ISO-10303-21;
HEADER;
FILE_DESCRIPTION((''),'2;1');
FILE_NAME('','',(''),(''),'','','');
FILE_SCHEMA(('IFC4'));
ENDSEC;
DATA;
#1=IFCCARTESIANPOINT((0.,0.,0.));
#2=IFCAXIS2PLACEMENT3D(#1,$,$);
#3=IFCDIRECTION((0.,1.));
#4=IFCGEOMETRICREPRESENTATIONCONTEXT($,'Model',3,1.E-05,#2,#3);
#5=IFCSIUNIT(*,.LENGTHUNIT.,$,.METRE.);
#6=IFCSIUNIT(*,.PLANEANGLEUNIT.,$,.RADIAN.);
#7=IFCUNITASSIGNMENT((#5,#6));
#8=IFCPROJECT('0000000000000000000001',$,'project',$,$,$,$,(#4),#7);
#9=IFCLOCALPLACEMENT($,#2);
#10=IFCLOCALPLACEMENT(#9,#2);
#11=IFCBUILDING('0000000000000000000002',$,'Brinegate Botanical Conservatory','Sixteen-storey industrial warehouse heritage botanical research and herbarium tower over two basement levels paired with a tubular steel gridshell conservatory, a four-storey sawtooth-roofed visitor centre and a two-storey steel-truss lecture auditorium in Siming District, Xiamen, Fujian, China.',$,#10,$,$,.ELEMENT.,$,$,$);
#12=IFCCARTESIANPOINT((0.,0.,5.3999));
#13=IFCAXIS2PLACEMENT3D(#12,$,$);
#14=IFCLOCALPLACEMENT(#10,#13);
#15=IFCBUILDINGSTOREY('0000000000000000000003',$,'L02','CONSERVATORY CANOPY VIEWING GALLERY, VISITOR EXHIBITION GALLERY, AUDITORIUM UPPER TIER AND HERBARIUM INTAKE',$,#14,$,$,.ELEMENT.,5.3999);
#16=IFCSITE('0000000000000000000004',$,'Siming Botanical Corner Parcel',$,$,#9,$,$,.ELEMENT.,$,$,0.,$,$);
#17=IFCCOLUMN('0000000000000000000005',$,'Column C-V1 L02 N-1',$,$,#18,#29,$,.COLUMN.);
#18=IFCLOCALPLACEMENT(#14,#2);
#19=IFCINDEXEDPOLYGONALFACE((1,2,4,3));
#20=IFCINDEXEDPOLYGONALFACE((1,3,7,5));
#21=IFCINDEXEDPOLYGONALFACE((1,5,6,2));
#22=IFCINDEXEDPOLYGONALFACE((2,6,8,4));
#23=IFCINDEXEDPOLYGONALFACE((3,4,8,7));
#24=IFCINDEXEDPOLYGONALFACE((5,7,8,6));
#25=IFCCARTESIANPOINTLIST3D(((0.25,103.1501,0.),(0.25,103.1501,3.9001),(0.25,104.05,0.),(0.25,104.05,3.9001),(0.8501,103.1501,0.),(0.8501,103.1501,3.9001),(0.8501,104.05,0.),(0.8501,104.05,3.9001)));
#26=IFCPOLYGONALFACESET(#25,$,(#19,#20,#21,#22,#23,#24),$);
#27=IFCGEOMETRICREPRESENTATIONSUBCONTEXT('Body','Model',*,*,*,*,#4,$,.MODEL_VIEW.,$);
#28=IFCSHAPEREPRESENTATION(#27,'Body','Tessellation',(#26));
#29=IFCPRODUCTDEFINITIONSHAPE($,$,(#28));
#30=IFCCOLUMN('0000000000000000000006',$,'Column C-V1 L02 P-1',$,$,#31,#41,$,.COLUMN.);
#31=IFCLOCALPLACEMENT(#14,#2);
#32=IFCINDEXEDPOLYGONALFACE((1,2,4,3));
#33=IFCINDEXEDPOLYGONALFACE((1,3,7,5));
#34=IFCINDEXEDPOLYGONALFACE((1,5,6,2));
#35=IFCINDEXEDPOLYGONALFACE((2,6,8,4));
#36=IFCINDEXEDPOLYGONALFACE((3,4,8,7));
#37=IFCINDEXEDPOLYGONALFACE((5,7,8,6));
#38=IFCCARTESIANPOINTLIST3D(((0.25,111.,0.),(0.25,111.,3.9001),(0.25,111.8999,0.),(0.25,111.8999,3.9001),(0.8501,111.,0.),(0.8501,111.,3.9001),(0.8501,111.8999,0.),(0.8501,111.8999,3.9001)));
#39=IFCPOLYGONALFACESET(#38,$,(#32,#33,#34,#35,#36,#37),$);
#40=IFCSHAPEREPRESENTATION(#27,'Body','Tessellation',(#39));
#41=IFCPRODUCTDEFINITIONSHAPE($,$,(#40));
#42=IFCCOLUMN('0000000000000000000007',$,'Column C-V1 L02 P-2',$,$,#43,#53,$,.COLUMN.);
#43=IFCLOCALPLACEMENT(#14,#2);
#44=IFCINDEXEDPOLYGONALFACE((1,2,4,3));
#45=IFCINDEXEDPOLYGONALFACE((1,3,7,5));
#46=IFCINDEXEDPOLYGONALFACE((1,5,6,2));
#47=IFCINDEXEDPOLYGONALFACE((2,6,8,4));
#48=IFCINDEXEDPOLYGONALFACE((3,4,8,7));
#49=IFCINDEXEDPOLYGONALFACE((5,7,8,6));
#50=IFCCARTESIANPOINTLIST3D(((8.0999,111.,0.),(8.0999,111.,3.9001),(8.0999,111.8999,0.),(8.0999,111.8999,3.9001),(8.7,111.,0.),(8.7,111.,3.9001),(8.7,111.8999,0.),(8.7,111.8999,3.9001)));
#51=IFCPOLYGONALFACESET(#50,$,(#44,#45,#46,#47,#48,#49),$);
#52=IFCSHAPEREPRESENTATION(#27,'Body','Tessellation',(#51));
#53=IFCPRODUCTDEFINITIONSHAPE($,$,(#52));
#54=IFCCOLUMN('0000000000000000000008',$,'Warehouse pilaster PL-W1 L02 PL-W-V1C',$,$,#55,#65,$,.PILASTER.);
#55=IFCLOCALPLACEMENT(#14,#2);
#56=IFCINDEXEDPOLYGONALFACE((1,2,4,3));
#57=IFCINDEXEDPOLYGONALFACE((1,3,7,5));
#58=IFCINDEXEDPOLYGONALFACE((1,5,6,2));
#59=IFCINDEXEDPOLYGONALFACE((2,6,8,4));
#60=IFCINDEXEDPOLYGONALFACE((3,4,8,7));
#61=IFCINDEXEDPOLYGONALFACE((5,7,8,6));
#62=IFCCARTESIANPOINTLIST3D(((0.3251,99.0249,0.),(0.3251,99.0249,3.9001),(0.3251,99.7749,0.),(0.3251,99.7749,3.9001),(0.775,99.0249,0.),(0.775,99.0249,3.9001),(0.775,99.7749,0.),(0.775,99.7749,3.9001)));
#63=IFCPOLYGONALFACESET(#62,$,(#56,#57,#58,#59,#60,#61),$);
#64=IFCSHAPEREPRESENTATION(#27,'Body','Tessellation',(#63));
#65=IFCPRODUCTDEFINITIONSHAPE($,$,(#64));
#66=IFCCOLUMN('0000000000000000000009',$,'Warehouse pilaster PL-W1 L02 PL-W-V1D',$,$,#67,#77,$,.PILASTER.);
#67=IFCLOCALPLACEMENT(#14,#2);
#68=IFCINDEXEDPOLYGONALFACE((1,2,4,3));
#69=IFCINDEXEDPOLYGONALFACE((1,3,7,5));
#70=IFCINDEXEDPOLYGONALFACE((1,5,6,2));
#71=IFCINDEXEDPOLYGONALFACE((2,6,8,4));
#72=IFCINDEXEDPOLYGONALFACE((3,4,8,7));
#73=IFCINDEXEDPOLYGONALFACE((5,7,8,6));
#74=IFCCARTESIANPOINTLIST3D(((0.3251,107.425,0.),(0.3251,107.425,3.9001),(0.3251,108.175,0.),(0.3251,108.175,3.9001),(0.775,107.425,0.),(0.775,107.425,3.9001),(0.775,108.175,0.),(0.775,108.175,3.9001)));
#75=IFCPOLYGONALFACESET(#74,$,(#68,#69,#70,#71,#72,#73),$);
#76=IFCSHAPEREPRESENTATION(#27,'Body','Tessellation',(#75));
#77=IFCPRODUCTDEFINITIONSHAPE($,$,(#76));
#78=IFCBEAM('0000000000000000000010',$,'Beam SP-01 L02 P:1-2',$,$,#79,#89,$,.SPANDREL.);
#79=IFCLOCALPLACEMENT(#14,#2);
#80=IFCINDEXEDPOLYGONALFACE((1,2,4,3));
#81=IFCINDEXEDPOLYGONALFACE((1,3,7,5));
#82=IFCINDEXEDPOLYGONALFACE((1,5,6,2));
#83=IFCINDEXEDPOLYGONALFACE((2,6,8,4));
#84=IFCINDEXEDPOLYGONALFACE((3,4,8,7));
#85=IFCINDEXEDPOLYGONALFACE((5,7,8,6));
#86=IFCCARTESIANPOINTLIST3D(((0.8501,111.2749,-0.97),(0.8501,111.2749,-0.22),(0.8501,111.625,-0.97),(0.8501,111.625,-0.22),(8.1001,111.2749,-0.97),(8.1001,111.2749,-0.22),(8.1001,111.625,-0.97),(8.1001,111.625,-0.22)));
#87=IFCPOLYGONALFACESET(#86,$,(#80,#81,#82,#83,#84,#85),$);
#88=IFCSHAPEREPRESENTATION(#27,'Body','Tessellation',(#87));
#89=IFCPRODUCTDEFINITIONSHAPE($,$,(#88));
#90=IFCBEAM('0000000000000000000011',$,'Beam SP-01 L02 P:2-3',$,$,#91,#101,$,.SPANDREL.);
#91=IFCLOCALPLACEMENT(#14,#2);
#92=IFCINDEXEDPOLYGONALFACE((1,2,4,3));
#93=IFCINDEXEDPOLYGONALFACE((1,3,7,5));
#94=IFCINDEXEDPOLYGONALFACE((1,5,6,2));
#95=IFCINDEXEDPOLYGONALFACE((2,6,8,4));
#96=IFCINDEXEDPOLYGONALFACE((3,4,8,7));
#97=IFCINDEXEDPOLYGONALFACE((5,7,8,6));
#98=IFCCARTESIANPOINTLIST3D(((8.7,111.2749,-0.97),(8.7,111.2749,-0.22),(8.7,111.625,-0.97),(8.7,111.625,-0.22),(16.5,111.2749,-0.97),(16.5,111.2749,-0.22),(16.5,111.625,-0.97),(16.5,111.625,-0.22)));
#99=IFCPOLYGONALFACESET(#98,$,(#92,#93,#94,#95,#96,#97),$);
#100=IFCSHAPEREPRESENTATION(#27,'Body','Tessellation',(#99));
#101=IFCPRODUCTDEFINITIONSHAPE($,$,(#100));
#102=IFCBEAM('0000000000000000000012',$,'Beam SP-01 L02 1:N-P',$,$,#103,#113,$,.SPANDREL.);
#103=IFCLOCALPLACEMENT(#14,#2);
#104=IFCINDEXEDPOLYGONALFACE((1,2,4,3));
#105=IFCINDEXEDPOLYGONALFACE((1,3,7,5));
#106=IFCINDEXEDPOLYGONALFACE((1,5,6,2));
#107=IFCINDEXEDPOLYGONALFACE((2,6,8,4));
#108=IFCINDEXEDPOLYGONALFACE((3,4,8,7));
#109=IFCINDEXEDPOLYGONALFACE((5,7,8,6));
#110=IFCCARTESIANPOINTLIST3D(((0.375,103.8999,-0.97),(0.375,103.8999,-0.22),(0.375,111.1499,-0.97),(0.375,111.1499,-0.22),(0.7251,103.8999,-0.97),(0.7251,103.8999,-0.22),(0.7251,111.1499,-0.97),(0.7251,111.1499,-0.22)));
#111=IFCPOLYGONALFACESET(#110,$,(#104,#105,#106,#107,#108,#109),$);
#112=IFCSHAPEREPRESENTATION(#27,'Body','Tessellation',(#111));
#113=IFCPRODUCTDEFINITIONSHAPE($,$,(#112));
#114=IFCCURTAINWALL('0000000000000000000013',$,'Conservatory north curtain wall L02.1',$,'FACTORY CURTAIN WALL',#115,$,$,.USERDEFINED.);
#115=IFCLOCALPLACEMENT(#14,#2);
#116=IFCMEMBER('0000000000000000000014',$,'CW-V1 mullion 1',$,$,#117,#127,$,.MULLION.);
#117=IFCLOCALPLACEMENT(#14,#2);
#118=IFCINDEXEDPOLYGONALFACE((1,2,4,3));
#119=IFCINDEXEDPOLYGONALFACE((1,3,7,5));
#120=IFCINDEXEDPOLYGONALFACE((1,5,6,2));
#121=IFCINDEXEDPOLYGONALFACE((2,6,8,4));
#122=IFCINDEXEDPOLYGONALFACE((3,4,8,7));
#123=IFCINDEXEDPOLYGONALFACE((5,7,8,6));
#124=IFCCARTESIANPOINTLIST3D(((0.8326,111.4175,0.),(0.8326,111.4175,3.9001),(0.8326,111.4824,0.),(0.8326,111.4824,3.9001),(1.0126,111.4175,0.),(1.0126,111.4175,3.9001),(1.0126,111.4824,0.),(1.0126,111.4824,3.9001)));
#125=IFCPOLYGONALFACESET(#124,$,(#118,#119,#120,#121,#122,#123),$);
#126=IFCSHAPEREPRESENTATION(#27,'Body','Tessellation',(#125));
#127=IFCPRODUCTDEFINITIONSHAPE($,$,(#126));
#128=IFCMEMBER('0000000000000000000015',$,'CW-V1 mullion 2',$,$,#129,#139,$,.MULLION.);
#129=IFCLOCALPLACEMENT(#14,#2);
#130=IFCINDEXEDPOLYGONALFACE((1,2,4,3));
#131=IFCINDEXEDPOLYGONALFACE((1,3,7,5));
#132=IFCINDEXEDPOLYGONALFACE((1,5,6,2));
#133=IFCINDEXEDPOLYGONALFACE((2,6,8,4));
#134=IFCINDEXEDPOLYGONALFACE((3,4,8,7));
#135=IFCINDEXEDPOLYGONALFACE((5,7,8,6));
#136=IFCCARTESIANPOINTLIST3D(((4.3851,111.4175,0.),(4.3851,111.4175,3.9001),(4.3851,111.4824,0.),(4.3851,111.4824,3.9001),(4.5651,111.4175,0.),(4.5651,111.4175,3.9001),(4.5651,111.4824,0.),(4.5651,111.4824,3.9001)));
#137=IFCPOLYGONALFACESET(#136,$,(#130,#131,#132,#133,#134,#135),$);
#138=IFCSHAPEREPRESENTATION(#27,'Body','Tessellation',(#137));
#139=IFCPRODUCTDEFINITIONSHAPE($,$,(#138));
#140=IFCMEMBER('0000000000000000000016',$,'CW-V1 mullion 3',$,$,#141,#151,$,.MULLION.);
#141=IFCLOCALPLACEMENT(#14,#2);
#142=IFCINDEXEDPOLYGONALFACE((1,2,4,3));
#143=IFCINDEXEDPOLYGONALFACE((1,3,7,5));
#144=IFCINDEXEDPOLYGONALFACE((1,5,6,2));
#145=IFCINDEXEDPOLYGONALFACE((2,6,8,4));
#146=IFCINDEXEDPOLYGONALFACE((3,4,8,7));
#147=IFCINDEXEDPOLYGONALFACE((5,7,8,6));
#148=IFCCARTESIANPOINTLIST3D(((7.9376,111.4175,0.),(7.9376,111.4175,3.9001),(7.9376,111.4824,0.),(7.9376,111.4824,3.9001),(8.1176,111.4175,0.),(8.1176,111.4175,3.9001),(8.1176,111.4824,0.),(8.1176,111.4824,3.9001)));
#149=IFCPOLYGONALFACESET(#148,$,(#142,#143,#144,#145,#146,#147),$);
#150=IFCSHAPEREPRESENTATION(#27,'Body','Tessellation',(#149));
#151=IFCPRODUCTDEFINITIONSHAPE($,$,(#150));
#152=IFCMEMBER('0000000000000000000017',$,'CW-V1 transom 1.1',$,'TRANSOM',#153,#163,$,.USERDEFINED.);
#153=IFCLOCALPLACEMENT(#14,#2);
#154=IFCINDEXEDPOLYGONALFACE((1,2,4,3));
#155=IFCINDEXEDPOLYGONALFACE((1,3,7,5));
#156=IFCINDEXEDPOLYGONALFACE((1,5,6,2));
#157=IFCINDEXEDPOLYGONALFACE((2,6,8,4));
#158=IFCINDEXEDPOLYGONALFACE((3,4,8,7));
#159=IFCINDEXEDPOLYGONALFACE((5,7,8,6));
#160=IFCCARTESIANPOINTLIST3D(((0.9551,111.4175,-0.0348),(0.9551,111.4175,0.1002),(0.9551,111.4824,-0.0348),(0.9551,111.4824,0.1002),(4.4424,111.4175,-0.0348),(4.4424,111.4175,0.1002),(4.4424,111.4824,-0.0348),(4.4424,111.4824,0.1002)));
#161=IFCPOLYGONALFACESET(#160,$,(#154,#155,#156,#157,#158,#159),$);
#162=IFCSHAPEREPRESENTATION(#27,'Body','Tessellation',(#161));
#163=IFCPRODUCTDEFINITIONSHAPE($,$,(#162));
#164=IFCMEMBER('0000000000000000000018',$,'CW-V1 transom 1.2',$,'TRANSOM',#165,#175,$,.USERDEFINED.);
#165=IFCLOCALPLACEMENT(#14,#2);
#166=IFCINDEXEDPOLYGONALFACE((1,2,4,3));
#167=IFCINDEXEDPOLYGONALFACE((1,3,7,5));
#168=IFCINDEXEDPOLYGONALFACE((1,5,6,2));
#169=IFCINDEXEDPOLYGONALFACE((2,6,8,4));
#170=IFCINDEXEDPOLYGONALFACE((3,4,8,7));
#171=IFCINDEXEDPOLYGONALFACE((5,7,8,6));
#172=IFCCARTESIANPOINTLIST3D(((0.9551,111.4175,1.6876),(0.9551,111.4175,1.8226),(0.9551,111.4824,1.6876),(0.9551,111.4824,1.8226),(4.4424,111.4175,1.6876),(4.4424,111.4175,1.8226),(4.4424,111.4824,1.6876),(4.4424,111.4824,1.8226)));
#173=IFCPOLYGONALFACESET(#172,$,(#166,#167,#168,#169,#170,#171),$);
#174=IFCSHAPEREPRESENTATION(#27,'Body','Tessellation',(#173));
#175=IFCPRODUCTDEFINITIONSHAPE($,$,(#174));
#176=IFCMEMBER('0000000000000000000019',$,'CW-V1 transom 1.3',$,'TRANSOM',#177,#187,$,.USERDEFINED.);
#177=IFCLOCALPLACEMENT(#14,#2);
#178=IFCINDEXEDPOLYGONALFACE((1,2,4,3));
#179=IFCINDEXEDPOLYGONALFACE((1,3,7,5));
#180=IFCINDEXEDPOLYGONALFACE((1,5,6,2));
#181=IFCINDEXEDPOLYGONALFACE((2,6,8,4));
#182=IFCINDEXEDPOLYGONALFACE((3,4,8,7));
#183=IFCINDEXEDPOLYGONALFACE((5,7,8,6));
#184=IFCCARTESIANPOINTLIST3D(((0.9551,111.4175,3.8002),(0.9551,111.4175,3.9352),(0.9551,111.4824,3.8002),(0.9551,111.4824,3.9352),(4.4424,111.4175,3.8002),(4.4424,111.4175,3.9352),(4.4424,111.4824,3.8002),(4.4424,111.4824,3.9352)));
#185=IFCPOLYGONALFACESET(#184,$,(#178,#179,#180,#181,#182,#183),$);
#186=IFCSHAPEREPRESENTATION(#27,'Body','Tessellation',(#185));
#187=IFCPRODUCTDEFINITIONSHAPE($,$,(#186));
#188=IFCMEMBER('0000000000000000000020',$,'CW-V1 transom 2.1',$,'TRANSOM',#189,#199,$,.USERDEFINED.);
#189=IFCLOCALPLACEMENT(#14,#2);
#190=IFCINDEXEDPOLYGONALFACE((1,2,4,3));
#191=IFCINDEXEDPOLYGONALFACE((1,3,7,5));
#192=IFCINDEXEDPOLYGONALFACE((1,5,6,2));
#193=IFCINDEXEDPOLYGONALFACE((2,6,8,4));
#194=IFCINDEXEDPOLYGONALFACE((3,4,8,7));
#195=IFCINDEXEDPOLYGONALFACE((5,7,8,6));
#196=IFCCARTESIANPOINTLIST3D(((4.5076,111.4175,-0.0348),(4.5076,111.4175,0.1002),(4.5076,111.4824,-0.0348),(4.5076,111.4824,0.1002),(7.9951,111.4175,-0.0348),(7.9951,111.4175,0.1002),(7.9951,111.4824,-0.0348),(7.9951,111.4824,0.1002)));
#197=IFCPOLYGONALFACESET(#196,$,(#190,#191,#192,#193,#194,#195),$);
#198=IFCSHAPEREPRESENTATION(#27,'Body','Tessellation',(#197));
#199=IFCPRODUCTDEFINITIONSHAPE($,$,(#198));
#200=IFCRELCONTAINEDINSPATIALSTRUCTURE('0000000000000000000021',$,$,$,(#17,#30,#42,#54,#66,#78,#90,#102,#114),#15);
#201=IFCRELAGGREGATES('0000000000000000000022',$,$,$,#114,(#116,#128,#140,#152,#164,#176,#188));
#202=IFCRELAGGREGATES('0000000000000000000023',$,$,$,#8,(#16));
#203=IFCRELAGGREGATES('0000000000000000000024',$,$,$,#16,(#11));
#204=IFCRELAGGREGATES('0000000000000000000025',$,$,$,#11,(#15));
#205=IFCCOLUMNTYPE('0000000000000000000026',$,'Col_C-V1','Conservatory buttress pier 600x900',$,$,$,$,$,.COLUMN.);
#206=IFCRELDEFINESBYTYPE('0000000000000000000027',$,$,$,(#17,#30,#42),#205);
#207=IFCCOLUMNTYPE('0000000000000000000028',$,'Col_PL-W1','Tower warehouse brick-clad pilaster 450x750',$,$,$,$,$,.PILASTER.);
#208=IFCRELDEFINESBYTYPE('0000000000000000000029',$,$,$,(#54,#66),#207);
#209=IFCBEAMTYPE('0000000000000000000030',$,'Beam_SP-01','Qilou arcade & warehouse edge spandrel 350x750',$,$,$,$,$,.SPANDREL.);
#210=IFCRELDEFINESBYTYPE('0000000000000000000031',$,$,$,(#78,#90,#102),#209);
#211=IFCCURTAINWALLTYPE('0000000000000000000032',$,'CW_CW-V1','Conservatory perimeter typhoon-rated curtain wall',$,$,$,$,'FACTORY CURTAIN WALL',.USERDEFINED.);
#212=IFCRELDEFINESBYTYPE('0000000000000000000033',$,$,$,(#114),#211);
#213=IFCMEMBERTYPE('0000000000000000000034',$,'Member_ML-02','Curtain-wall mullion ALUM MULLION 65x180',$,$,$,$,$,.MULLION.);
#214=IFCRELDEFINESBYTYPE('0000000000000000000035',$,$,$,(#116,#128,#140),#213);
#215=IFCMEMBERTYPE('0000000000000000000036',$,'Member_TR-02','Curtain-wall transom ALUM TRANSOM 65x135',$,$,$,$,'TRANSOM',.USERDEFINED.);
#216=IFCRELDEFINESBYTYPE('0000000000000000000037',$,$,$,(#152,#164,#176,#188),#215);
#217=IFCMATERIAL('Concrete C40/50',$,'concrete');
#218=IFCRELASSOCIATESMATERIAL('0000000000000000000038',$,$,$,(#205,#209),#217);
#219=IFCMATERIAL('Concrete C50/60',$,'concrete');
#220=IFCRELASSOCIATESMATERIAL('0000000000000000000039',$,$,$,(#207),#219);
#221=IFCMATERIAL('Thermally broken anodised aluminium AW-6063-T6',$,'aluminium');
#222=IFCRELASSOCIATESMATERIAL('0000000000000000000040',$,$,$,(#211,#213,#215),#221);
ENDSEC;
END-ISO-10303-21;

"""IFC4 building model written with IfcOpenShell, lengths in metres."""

from ifc_helpers import new_model, si_unit, direction, frame, origin, origin_2d, place, context, subcontext, project, spatial, rectangle, extrude, material, material_profile, profile_set, type_object, element, aggregate, save


model = new_model("IFC4")

# Units and contexts
model_context = context("Model", 3, precision=1e-05, world=origin(), true_north=direction((0.0, 1.0)))
body_context = subcontext(model_context, "Body", "Model", "MODEL_VIEW")
ifc_project = project(units=[si_unit("LENGTHUNIT", "METRE"), si_unit("PLANEANGLEUNIT", "RADIAN")], contexts=[model_context])

# Site, building, storey
site_placement = place(None, origin())
site = spatial("IfcSite", under=ifc_project, at=site_placement, Name="Siming Botanical Corner Parcel", CompositionType="ELEMENT", RefElevation=0.0)
building_placement = place(site_placement, origin())
building = spatial("IfcBuilding", under=site, at=building_placement, Name="Brinegate Botanical Conservatory", Description="Sixteen-storey industrial warehouse heritage botanical research and herbarium tower over two basement levels paired with a tubular steel gridshell conservatory, a four-storey sawtooth-roofed visitor centre and a two-storey steel-truss lecture auditorium in Siming District, Xiamen, Fujian, China.", CompositionType="ELEMENT")
storey_placement = place(building_placement, frame((0.0, 0.0, 5.3999)))
storey = spatial("IfcBuildingStorey", under=building, at=storey_placement, Name="L02", Description="CONSERVATORY CANOPY VIEWING GALLERY, VISITOR EXHIBITION GALLERY, AUDITORIUM UPPER TIER AND HERBARIUM INTAKE", CompositionType="ELEMENT", Elevation=5.3999)

# Columns
ifc_material_1 = material(Name="Concrete C40/50", Category="concrete")
ifc_material_profile_1 = material_profile(ifc_material_1, rectangle(XDim=0.6001, YDim=0.8999, at=origin_2d()), Name="RC PIER 600x900")
ifc_profile_set_1 = profile_set([ifc_material_profile_1], Name="Concrete C40/50")
column_type_1 = type_object("IfcColumnType", Name="Col_C-V1", Description="Conservatory buttress pier 600x900", PredefinedType="COLUMN", material=ifc_profile_set_1)
for number, where, z_axis, x_axis, name in (
    (1, (0.55, 103.6001, 0.0), (0.0, 0.0, 1.0), (1.0, 0.0, 0.0), "Column C-V1 L02 N-1"),
    (2, (0.55, 111.45, 0.0), (0.0, 0.0, 1.0), (1.0, 0.0, 0.0), "Column C-V1 L02 P-1"),
    (3, (8.3999, 111.45, 0.0), (0.0, 0.0, 1.0), (1.0, 0.0, 0.0), "Column C-V1 L02 P-2"),
):
    element("IfcColumn", number, at=place(storey_placement, frame(where, z_axis=z_axis, x_axis=x_axis)), inside=storey, type_object=column_type_1, Name=name, PredefinedType="COLUMN", context=body_context, shape_type="SweptSolid", body=[
        extrude(rectangle(XDim=0.6001, YDim=0.8999, at=origin_2d()), origin(), (0.0, 0.0, 1.0), 3.9001),
    ])
ifc_material_2 = material(Name="Concrete C50/60", Category="concrete")
ifc_material_profile_2 = material_profile(ifc_material_2, rectangle(XDim=0.45, YDim=0.75, at=origin_2d()), Name="RC PILASTER 450x750")
ifc_profile_set_2 = profile_set([ifc_material_profile_2], Name="Concrete C50/60")
column_type_2 = type_object("IfcColumnType", Name="Col_PL-W1", Description="Tower warehouse brick-clad pilaster 450x750", PredefinedType="PILASTER", material=ifc_profile_set_2)
for number, where, z_axis, x_axis, name in (
    (4, (0.55, 99.3999, 0.0), (0.0, 0.0, 1.0), (1.0, 0.0, 0.0), "Warehouse pilaster PL-W1 L02 PL-W-V1C"),
    (5, (0.55, 107.8, 0.0), (0.0, 0.0, 1.0), (1.0, 0.0, 0.0), "Warehouse pilaster PL-W1 L02 PL-W-V1D"),
):
    element("IfcColumn", number, at=place(storey_placement, frame(where, z_axis=z_axis, x_axis=x_axis)), inside=storey, type_object=column_type_2, Name=name, PredefinedType="PILASTER", context=body_context, shape_type="SweptSolid", body=[
        extrude(rectangle(XDim=0.45, YDim=0.75, at=origin_2d()), origin(), (0.0, 0.0, 1.0), 3.9001),
    ])

# Beams
ifc_material_profile_3 = material_profile(ifc_material_1, rectangle(XDim=0.3501, YDim=0.75, at=origin_2d()), Name="RC SPN 350x750")
ifc_profile_set_3 = profile_set([ifc_material_profile_3], Name="Concrete C40/50")
beam_type = type_object("IfcBeamType", Name="Beam_SP-01", Description="Qilou arcade & warehouse edge spandrel 350x750", PredefinedType="SPANDREL", material=ifc_profile_set_3)
beam_1_placement = place(storey_placement, frame((0.8501, 111.45, -0.595), z_axis=(1.0, 0.0, 0.0), x_axis=(0.0, 1.0, 0.0)))
element("IfcBeam", 6, at=beam_1_placement, inside=storey, type_object=beam_type, Name="Beam SP-01 L02 P:1-2", PredefinedType="SPANDREL", context=body_context, shape_type="SweptSolid", body=[
    extrude(rectangle(XDim=0.3501, YDim=0.75, at=origin_2d()), origin(), (0.0, 0.0, 1.0), 7.25),
])
beam_2_placement = place(storey_placement, frame((8.7, 111.45, -0.595), z_axis=(1.0, 0.0, 0.0), x_axis=(0.0, 1.0, 0.0)))
element("IfcBeam", 7, at=beam_2_placement, inside=storey, type_object=beam_type, Name="Beam SP-01 L02 P:2-3", PredefinedType="SPANDREL", context=body_context, shape_type="SweptSolid", body=[
    extrude(rectangle(XDim=0.3501, YDim=0.75, at=origin_2d()), origin(), (0.0, 0.0, 1.0), 7.8),
])
beam_3_placement = place(storey_placement, frame((0.55, 103.8999, -0.595), z_axis=(0.0, 1.0, 0.0), x_axis=(-1.0, 0.0, 0.0)))
element("IfcBeam", 8, at=beam_3_placement, inside=storey, type_object=beam_type, Name="Beam SP-01 L02 1:N-P", PredefinedType="SPANDREL", context=body_context, shape_type="SweptSolid", body=[
    extrude(rectangle(XDim=0.3501, YDim=0.75, at=origin_2d()), origin(), (0.0, 0.0, 1.0), 7.25),
])

# Curtain wall, members
ifc_material_3 = material(Name="Thermally broken anodised aluminium AW-6063-T6", Category="aluminium")
curtain_wall_type = type_object("IfcCurtainWallType", Name="CW_CW-V1", Description="Conservatory perimeter typhoon-rated curtain wall", ElementType="FACTORY CURTAIN WALL", PredefinedType="USERDEFINED", material=ifc_material_3)
curtain_wall_placement = place(storey_placement, origin())
curtain_wall = element("IfcCurtainWall", 9, at=curtain_wall_placement, inside=storey, type_object=curtain_wall_type, Name="Conservatory north curtain wall L02.1", ObjectType="FACTORY CURTAIN WALL", PredefinedType="USERDEFINED")
ifc_material_profile_4 = material_profile(ifc_material_3, rectangle(XDim=0.0649, YDim=0.1799, at=origin_2d()), Name="ALUM MULLION 65x180")
ifc_profile_set_4 = profile_set([ifc_material_profile_4], Name="Thermally broken anodised aluminium AW-6063-T6")
member_type_1 = type_object("IfcMemberType", Name="Member_ML-02", Description="Curtain-wall mullion ALUM MULLION 65x180", PredefinedType="MULLION", material=ifc_profile_set_4)
member_1_placement = place(storey_placement, frame((0.9226, 111.45, 0.0), z_axis=(0.0, 0.0, 1.0), x_axis=(0.0, 1.0, 0.0)))
member_1 = element("IfcMember", 10, at=member_1_placement, type_object=member_type_1, Name="CW-V1 mullion 1", PredefinedType="MULLION", context=body_context, shape_type="SweptSolid", body=[
    extrude(rectangle(XDim=0.0649, YDim=0.1799, at=origin_2d()), origin(), (0.0, 0.0, 1.0), 3.9001),
])
member_2_placement = place(storey_placement, frame((4.4751, 111.45, 0.0), z_axis=(0.0, 0.0, 1.0), x_axis=(0.0, 1.0, 0.0)))
member_2 = element("IfcMember", 11, at=member_2_placement, type_object=member_type_1, Name="CW-V1 mullion 2", PredefinedType="MULLION", context=body_context, shape_type="SweptSolid", body=[
    extrude(rectangle(XDim=0.0649, YDim=0.1799, at=origin_2d()), origin(), (0.0, 0.0, 1.0), 3.9001),
])
member_3_placement = place(storey_placement, frame((8.0276, 111.45, 0.0), z_axis=(0.0, 0.0, 1.0), x_axis=(0.0, 1.0, 0.0)))
member_3 = element("IfcMember", 12, at=member_3_placement, type_object=member_type_1, Name="CW-V1 mullion 3", PredefinedType="MULLION", context=body_context, shape_type="SweptSolid", body=[
    extrude(rectangle(XDim=0.0649, YDim=0.1799, at=origin_2d()), origin(), (0.0, 0.0, 1.0), 3.9001),
])
ifc_material_profile_5 = material_profile(ifc_material_3, rectangle(XDim=0.0649, YDim=0.135, at=origin_2d()), Name="ALUM TRANSOM 65x135")
ifc_profile_set_5 = profile_set([ifc_material_profile_5], Name="Thermally broken anodised aluminium AW-6063-T6")
member_type_2 = type_object("IfcMemberType", Name="Member_TR-02", Description="Curtain-wall transom ALUM TRANSOM 65x135", ElementType="TRANSOM", PredefinedType="USERDEFINED", material=ifc_profile_set_5)
member_4_placement = place(storey_placement, frame((0.9551, 111.45, 0.0327), z_axis=(1.0, 0.0, 0.0), x_axis=(0.0, 1.0, 0.0)))
member_4 = element("IfcMember", 13, at=member_4_placement, type_object=member_type_2, Name="CW-V1 transom 1.1", ObjectType="TRANSOM", PredefinedType="USERDEFINED", context=body_context, shape_type="SweptSolid", body=[
    extrude(rectangle(XDim=0.0649, YDim=0.135, at=origin_2d()), origin(), (0.0, 0.0, 1.0), 3.4873),
])
member_5_placement = place(storey_placement, frame((0.9551, 111.45, 1.7551), z_axis=(1.0, 0.0, 0.0), x_axis=(0.0, 1.0, 0.0)))
member_5 = element("IfcMember", 14, at=member_5_placement, type_object=member_type_2, Name="CW-V1 transom 1.2", ObjectType="TRANSOM", PredefinedType="USERDEFINED", context=body_context, shape_type="SweptSolid", body=[
    extrude(rectangle(XDim=0.0649, YDim=0.135, at=origin_2d()), origin(), (0.0, 0.0, 1.0), 3.4873),
])
member_6_placement = place(storey_placement, frame((0.9551, 111.45, 3.8677), z_axis=(1.0, 0.0, 0.0), x_axis=(0.0, 1.0, 0.0)))
member_6 = element("IfcMember", 15, at=member_6_placement, type_object=member_type_2, Name="CW-V1 transom 1.3", ObjectType="TRANSOM", PredefinedType="USERDEFINED", context=body_context, shape_type="SweptSolid", body=[
    extrude(rectangle(XDim=0.0649, YDim=0.135, at=origin_2d()), origin(), (0.0, 0.0, 1.0), 3.4873),
])
member_7_placement = place(storey_placement, frame((4.5076, 111.45, 0.0327), z_axis=(1.0, 0.0, 0.0), x_axis=(0.0, 1.0, 0.0)))
member_7 = element("IfcMember", 16, at=member_7_placement, type_object=member_type_2, Name="CW-V1 transom 2.1", ObjectType="TRANSOM", PredefinedType="USERDEFINED", context=body_context, shape_type="SweptSolid", body=[
    extrude(rectangle(XDim=0.0649, YDim=0.135, at=origin_2d()), origin(), (0.0, 0.0, 1.0), 3.4875),
])
aggregate(curtain_wall, [member_1, member_2, member_3, member_4, member_5, member_6, member_7])

save(model, "model.ifc")
